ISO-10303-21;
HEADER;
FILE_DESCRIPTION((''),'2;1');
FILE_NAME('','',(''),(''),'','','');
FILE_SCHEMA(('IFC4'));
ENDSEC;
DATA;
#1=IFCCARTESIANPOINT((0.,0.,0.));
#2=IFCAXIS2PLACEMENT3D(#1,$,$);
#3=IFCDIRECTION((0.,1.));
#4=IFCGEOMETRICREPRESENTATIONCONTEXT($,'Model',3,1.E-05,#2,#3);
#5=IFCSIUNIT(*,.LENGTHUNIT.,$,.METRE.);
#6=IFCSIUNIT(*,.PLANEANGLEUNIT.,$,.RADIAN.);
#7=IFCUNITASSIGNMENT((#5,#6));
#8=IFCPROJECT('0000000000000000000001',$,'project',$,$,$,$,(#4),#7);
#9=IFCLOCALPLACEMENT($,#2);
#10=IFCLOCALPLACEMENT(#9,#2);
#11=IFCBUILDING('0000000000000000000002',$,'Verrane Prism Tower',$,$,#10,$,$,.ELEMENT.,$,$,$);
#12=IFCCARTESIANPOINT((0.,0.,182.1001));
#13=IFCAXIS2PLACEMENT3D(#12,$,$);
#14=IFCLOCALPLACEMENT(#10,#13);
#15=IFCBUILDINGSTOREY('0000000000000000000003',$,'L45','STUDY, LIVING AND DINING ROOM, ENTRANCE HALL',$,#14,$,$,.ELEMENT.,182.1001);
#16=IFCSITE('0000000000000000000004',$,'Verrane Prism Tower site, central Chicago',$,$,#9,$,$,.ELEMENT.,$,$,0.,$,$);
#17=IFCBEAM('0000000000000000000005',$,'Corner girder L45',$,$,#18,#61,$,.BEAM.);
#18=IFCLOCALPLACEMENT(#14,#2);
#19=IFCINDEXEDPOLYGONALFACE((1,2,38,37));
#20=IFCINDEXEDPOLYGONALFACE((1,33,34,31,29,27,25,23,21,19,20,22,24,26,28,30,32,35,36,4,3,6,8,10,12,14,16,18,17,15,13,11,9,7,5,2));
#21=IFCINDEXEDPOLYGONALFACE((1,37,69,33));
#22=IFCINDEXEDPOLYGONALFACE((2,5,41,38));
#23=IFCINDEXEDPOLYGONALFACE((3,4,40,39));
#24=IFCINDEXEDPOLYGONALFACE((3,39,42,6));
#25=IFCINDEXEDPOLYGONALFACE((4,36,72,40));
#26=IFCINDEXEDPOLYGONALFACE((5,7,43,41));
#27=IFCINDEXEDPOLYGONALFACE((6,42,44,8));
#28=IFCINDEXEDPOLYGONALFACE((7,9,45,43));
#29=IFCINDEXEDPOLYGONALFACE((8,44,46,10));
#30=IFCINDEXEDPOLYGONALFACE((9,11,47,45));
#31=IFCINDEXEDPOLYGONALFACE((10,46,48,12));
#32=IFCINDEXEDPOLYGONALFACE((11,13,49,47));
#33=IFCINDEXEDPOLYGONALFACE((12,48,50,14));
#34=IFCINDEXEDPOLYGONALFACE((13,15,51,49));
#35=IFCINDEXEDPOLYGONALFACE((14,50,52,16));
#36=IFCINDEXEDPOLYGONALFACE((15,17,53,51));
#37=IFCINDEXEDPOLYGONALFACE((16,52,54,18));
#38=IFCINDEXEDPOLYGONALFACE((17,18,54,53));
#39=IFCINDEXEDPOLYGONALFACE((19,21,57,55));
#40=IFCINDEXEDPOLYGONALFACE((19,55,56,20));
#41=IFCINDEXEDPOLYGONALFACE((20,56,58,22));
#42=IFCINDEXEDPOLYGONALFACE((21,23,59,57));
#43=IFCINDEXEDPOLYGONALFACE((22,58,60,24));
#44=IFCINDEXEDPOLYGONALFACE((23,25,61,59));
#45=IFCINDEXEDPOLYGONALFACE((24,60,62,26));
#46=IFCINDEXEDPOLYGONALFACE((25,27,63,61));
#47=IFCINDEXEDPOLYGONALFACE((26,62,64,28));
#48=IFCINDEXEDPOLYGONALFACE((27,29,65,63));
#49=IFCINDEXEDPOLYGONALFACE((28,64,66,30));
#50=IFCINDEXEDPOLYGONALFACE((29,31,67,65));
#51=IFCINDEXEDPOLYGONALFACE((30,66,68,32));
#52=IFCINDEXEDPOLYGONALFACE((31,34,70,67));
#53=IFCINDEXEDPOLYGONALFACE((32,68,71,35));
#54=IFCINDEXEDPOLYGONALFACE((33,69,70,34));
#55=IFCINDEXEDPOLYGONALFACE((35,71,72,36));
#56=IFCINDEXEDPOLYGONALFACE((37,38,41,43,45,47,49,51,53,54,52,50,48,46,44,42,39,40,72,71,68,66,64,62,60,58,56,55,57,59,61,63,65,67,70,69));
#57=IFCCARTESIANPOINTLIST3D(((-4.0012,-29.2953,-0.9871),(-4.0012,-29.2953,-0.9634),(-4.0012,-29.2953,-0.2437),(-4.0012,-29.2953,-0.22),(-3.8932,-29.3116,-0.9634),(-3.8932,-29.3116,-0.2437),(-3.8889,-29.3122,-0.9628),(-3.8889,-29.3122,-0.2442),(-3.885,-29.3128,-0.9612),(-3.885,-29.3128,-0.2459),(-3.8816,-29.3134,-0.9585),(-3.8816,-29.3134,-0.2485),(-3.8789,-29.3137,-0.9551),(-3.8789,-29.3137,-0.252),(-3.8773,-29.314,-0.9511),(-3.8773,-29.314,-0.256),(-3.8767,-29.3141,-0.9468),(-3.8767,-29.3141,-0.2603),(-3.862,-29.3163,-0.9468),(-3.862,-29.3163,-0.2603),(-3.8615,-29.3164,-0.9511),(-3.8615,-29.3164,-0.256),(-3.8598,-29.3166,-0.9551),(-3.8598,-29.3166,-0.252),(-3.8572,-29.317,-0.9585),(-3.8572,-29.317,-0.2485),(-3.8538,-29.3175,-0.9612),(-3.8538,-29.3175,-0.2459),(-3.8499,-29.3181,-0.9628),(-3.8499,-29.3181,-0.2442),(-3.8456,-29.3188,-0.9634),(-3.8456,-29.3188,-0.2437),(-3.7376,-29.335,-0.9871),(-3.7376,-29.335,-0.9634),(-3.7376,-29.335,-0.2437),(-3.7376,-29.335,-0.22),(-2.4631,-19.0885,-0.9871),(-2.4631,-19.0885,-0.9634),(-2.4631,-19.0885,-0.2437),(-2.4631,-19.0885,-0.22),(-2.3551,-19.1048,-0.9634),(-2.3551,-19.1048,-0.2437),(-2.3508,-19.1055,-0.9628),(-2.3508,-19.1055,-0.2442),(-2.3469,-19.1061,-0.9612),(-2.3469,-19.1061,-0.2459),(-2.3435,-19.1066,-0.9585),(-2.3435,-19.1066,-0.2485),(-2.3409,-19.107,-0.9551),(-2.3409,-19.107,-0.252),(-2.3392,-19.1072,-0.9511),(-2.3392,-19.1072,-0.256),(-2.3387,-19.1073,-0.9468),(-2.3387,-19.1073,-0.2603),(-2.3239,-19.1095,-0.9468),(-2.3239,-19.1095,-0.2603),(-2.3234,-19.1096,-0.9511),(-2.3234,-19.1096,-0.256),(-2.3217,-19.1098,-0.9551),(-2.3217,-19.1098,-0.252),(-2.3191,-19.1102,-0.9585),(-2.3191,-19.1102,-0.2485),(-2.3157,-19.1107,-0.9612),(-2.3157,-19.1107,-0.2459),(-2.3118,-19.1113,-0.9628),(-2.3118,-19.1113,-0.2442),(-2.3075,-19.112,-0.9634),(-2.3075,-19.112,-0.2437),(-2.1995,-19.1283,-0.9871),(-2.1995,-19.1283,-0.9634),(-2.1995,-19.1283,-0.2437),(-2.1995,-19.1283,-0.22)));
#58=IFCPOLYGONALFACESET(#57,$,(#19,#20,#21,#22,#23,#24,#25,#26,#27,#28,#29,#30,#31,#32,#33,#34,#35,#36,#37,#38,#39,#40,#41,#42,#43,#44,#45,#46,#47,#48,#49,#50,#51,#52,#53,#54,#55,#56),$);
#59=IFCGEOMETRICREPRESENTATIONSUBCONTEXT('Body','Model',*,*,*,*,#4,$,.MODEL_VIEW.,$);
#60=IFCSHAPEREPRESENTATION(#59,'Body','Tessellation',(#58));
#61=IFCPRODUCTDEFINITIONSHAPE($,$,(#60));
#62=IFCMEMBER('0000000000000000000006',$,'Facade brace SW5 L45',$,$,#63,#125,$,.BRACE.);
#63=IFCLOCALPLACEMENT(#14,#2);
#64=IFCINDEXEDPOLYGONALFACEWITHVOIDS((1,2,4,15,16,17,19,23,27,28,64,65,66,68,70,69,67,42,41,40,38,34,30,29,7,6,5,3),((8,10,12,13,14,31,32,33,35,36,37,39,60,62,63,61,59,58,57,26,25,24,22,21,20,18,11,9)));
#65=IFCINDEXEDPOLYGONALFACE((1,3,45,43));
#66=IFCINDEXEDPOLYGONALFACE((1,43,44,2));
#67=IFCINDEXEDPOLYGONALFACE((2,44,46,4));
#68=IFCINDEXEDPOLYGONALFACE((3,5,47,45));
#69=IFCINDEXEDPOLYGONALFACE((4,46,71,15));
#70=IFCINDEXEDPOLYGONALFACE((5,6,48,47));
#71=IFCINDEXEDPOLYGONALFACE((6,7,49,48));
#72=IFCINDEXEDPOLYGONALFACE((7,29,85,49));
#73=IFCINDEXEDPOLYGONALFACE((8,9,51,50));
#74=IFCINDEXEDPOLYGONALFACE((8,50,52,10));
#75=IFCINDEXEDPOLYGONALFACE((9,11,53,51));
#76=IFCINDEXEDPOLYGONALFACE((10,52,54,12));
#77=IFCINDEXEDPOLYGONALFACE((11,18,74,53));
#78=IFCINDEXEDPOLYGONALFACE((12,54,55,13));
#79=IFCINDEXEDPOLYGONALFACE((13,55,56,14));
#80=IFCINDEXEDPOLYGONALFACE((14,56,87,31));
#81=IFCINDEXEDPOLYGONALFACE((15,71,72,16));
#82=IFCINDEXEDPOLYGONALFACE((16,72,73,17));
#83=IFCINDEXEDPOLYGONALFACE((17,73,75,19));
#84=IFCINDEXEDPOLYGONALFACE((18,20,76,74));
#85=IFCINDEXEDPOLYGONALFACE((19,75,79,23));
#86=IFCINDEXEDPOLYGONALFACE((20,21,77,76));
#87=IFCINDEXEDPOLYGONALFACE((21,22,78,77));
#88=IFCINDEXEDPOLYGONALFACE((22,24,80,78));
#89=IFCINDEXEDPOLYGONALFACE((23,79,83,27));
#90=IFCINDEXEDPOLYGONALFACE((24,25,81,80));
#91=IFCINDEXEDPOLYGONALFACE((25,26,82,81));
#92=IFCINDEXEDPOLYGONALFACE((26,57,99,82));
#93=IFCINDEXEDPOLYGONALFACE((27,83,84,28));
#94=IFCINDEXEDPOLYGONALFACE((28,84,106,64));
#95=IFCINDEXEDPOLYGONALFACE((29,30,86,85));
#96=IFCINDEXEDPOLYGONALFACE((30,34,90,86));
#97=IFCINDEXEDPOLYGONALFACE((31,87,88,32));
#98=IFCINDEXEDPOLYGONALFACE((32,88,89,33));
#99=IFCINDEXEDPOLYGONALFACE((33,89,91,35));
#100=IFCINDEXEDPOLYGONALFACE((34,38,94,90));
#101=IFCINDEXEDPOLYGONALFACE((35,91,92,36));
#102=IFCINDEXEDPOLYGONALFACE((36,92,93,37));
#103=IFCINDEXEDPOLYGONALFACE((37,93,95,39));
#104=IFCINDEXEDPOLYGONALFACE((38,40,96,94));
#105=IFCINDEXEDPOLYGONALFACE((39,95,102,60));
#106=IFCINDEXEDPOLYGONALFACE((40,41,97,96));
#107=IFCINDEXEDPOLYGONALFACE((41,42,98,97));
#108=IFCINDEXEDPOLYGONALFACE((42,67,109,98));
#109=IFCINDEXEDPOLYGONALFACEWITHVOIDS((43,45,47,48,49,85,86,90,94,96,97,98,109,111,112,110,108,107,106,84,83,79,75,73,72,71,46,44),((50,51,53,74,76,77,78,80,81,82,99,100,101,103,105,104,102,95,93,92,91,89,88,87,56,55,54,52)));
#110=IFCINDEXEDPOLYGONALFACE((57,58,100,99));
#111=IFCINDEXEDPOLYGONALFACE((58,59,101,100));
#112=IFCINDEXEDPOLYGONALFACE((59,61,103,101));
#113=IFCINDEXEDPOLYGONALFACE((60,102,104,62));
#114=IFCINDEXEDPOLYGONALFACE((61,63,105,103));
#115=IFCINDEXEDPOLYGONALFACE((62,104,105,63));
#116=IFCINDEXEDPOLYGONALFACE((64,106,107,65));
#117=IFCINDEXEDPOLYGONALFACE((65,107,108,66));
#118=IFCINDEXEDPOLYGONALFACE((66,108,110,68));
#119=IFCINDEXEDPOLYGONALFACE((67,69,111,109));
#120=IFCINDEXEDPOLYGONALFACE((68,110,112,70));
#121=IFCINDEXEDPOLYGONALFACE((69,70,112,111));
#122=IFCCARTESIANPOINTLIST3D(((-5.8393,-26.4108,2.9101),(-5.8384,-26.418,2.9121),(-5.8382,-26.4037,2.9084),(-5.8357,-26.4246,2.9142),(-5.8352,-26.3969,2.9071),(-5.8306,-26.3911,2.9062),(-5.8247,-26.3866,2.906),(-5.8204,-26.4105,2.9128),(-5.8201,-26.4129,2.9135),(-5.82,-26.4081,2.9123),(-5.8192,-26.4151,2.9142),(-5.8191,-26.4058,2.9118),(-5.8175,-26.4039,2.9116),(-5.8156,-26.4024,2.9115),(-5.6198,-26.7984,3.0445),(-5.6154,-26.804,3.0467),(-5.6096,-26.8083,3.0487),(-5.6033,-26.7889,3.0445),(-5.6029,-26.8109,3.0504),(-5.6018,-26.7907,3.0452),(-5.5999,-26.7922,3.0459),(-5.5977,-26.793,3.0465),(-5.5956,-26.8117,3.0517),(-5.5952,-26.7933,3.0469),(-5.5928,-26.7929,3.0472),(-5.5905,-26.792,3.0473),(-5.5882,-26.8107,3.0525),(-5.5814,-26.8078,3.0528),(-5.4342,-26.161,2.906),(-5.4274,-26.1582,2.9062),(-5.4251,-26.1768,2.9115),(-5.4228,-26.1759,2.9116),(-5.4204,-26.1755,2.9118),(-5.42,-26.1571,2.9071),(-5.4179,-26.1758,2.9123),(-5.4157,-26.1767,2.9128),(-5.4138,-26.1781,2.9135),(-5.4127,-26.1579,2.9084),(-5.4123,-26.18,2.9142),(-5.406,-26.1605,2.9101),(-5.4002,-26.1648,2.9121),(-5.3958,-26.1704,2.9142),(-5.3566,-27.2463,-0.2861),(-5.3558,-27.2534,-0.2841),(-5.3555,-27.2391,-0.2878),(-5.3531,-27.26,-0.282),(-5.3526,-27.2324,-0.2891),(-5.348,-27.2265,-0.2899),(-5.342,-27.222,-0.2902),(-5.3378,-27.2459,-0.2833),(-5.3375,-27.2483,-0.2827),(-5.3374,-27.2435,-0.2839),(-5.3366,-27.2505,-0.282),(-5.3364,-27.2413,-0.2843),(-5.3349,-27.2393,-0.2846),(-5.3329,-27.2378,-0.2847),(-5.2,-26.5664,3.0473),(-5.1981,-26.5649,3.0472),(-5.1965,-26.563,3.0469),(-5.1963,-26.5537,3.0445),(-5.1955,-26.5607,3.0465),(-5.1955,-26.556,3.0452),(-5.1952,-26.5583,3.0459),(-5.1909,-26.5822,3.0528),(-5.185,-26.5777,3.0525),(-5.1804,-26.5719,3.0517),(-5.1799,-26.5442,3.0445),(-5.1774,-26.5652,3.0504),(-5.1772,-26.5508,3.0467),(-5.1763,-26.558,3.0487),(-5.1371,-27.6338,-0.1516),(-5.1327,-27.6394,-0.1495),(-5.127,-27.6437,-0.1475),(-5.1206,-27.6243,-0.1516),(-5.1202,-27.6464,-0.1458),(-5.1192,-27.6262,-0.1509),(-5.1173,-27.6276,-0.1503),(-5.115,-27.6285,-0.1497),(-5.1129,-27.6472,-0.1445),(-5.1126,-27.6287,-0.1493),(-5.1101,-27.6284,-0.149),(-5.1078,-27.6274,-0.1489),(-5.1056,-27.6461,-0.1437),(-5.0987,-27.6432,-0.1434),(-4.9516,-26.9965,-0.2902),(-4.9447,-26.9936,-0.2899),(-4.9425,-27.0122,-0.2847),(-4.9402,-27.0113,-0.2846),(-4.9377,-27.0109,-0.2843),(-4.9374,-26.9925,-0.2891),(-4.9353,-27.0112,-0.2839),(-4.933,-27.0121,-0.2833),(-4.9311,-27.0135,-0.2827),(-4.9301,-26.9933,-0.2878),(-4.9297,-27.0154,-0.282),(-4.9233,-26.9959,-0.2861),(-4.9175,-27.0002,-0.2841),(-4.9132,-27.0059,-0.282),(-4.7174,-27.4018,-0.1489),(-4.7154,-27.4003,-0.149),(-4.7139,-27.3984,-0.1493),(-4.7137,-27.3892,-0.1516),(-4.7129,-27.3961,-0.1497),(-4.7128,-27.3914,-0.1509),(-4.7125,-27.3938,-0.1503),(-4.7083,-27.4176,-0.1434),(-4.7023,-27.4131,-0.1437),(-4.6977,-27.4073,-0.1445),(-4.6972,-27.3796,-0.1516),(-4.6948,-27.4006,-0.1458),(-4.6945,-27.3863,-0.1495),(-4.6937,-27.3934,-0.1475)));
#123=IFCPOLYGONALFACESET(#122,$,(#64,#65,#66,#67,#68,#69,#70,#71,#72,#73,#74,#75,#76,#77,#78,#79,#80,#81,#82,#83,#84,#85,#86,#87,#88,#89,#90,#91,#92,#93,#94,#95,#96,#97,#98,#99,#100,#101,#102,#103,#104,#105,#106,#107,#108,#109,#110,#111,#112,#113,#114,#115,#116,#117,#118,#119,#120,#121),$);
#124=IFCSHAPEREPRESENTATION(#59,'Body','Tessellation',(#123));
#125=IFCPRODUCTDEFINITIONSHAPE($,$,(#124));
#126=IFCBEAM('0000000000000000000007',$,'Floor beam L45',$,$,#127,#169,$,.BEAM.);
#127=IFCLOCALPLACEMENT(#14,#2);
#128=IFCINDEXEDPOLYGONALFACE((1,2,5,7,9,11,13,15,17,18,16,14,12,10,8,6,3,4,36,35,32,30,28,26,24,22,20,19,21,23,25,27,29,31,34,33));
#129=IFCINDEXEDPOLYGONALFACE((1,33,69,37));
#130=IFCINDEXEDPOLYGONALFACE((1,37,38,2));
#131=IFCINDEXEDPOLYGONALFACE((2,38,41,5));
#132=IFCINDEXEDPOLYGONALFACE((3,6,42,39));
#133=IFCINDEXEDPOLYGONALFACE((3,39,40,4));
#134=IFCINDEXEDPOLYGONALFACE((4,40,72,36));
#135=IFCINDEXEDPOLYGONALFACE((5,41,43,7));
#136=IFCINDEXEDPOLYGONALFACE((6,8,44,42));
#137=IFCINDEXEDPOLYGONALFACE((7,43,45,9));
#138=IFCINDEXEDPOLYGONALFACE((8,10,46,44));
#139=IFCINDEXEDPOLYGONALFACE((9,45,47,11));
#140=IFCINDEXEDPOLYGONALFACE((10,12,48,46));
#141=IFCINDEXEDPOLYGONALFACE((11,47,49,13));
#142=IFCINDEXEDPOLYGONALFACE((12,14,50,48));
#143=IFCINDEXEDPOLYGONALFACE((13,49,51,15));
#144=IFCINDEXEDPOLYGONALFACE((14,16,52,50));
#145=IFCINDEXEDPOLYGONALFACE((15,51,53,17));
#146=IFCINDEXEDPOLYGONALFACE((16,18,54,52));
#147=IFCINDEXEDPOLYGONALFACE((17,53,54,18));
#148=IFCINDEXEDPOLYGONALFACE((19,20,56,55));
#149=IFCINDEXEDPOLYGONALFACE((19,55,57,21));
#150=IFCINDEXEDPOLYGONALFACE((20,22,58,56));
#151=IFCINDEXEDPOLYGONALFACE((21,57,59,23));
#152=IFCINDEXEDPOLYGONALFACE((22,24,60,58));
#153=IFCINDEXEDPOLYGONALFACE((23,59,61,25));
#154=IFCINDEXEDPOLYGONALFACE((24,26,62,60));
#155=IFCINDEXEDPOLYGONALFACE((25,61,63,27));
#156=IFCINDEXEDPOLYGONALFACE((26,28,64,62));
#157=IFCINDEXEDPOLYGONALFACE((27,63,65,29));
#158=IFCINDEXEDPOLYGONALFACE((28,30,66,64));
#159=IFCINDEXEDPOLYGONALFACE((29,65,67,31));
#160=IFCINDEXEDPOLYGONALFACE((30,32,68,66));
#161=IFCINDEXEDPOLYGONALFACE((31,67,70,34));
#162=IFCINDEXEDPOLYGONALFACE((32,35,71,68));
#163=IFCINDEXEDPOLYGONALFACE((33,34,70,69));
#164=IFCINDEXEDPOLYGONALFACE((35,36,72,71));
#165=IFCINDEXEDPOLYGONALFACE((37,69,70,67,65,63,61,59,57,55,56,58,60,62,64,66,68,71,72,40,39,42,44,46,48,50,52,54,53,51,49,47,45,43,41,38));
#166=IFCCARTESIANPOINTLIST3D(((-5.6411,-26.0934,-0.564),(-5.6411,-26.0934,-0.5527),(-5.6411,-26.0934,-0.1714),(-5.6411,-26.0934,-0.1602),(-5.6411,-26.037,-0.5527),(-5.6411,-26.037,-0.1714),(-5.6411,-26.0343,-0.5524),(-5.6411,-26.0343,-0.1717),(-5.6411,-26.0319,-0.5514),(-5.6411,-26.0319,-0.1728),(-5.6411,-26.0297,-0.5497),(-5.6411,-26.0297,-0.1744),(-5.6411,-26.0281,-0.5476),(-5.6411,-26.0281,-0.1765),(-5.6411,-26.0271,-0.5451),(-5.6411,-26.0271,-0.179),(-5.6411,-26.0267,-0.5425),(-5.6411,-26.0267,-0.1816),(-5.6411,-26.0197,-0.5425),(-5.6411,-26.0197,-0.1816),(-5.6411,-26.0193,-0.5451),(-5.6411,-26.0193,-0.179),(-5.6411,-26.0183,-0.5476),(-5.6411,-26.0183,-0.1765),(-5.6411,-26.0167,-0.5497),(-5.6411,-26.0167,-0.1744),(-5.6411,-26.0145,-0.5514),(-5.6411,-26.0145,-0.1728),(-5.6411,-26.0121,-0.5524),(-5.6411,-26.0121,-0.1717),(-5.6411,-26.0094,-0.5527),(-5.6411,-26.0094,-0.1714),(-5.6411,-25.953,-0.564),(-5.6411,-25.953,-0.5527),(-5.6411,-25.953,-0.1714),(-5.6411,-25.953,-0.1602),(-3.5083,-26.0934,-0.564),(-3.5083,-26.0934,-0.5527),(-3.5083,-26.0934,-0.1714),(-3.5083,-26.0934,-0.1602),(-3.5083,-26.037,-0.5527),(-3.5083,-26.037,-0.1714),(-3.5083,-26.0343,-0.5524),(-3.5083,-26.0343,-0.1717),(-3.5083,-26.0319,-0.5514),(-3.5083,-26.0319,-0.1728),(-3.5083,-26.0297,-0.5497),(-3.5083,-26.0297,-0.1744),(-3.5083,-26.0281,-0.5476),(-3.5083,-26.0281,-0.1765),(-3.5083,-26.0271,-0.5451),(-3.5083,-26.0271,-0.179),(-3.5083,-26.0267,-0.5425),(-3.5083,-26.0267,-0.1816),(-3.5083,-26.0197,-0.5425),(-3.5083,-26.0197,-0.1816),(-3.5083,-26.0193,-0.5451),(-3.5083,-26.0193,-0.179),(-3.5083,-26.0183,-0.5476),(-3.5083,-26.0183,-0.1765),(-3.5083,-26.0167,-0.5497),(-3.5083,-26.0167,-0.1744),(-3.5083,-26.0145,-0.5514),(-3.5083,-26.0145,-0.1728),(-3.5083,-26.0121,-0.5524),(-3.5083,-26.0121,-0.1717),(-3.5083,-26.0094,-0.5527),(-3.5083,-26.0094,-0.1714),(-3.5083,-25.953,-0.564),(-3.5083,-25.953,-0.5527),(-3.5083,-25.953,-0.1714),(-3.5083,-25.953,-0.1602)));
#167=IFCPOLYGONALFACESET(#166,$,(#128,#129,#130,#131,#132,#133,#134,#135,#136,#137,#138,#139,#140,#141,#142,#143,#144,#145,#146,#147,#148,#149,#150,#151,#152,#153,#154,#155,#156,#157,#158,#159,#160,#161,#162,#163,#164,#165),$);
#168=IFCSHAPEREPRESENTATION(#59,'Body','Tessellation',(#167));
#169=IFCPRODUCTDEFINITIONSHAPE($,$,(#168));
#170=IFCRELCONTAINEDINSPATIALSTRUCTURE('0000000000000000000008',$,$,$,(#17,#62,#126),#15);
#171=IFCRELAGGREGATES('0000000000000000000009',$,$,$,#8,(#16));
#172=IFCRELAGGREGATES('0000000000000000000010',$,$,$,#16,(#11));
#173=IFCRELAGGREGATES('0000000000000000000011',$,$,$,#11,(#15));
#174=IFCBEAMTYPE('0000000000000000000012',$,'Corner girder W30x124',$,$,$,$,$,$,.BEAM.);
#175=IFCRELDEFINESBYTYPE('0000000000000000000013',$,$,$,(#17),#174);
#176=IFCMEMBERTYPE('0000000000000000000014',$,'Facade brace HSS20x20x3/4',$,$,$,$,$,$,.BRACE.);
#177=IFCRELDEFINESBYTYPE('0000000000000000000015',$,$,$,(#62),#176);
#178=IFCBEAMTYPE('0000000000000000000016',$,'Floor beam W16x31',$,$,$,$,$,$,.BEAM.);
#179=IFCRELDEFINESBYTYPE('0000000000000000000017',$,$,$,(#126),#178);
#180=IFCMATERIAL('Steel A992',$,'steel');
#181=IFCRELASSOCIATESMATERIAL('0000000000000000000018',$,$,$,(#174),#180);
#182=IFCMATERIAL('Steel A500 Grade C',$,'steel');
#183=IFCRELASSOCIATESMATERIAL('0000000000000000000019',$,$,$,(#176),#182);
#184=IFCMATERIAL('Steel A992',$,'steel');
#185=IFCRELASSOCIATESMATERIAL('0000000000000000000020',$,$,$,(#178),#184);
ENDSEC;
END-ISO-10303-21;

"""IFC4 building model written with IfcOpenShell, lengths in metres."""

from ifc_helpers import new_model, si_unit, direction, frame, origin, origin_2d, place, context, subcontext, project, spatial, hollow_rectangle, i_section, extrude, material, material_profile, profile_set, type_object, element, save


model = new_model("IFC4")

# Units and contexts
model_context = context("Model", 3, precision=1e-05, world=origin(), true_north=direction((0.0, 1.0)))
body_context = subcontext(model_context, "Body", "Model", "MODEL_VIEW")
ifc_project = project(units=[si_unit("LENGTHUNIT", "METRE"), si_unit("PLANEANGLEUNIT", "RADIAN")], contexts=[model_context])

# Site, building, storey
site_placement = place(None, origin())
site = spatial("IfcSite", under=ifc_project, at=site_placement, Name="Verrane Prism Tower site, central Chicago", CompositionType="ELEMENT", RefElevation=0.0)
building_placement = place(site_placement, origin())
building = spatial("IfcBuilding", under=site, at=building_placement, Name="Verrane Prism Tower", CompositionType="ELEMENT")
storey_placement = place(building_placement, frame((0.0, 0.0, 182.1001)))
storey = spatial("IfcBuildingStorey", under=building, at=storey_placement, Name="L45", Description="STUDY, LIVING AND DINING ROOM, ENTRANCE HALL", CompositionType="ELEMENT", Elevation=182.1001)

# Beam
ifc_material_1 = material(Name="Steel A992", Category="steel")
ifc_material_profile_1 = material_profile(ifc_material_1, i_section(OverallWidth=0.2666, OverallDepth=0.7671, WebThickness=0.0149, FlangeThickness=0.0237, FilletRadius=0.0166, at=origin_2d()), Name="W30x124")
ifc_profile_set_1 = profile_set([ifc_material_profile_1], Name="Steel A992")
beam_type_1 = type_object("IfcBeamType", Name="Corner girder W30x124", PredefinedType="BEAM", material=ifc_profile_set_1)
beam_1_placement = place(storey_placement, frame((-3.8694, -29.3152, -0.6035), z_axis=(0.14901, 0.988836, 0.0), x_axis=(-0.988836, 0.14901, 0.0)))
element("IfcBeam", 1, at=beam_1_placement, inside=storey, type_object=beam_type_1, Name="Corner girder L45", PredefinedType="BEAM", context=body_context, shape_type="SweptSolid", body=[
    extrude(i_section(OverallWidth=0.2666, OverallDepth=0.7671, WebThickness=0.0149, FlangeThickness=0.0237, FilletRadius=0.0166, at=origin_2d()), origin(), (0.0, 0.0, 1.0), 10.322),
])

# Member
ifc_material_2 = material(Name="Steel A500 Grade C", Category="steel")
ifc_material_profile_2 = material_profile(ifc_material_2, hollow_rectangle(XDim=0.5081, YDim=0.5081, WallThickness=0.019, InnerFilletRadius=0.0095, OuterFilletRadius=0.0286, at=origin_2d()), Name="HSS20x20x3/4")
ifc_profile_set_2 = profile_set([ifc_material_profile_2], Name="Steel A500 Grade C")
member_type_1 = type_object("IfcMemberType", Name="Facade brace HSS20x20x3/4", PredefinedType="BRACE", material=ifc_profile_set_2)
member_1_placement = place(storey_placement, frame((-5.0251, -27.3198, -0.2168), z_axis=(-0.144565, 0.250229, 0.957333), x_axis=(-0.865882, -0.500248, 0.0)))
element("IfcMember", 2, at=member_1_placement, inside=storey, type_object=member_type_1, Name="Facade brace SW5 L45", PredefinedType="BRACE", context=body_context, shape_type="SweptSolid", body=[
    extrude(hollow_rectangle(XDim=0.5081, YDim=0.5081, WallThickness=0.019, InnerFilletRadius=0.0095, OuterFilletRadius=0.0286, at=origin_2d()), origin(), (0.0, 0.0, 1.0), 3.3386),
])

# Beam
ifc_material_3 = material(Name="Steel A992", Category="steel")
ifc_material_profile_3 = material_profile(ifc_material_3, i_section(OverallWidth=0.1404, OverallDepth=0.4038, WebThickness=0.0071, FlangeThickness=0.0112, FilletRadius=0.0103, at=origin_2d()), Name="W16x31")
ifc_profile_set_3 = profile_set([ifc_material_profile_3], Name="Steel A992")
beam_type_2 = type_object("IfcBeamType", Name="Floor beam W16x31", PredefinedType="BEAM", material=ifc_profile_set_3)
beam_2_placement = place(storey_placement, frame((-5.6411, -26.0232, -0.3621), z_axis=(1.0, 0.0, 0.0), x_axis=(0.0, 1.0, 0.0)))
element("IfcBeam", 3, at=beam_2_placement, inside=storey, type_object=beam_type_2, Name="Floor beam L45", PredefinedType="BEAM", context=body_context, shape_type="SweptSolid", body=[
    extrude(i_section(OverallWidth=0.1404, OverallDepth=0.4038, WebThickness=0.0071, FlangeThickness=0.0112, FilletRadius=0.0103, at=origin_2d()), origin(), (0.0, 0.0, 1.0), 2.1328),
])

save(model, "model.ifc")
